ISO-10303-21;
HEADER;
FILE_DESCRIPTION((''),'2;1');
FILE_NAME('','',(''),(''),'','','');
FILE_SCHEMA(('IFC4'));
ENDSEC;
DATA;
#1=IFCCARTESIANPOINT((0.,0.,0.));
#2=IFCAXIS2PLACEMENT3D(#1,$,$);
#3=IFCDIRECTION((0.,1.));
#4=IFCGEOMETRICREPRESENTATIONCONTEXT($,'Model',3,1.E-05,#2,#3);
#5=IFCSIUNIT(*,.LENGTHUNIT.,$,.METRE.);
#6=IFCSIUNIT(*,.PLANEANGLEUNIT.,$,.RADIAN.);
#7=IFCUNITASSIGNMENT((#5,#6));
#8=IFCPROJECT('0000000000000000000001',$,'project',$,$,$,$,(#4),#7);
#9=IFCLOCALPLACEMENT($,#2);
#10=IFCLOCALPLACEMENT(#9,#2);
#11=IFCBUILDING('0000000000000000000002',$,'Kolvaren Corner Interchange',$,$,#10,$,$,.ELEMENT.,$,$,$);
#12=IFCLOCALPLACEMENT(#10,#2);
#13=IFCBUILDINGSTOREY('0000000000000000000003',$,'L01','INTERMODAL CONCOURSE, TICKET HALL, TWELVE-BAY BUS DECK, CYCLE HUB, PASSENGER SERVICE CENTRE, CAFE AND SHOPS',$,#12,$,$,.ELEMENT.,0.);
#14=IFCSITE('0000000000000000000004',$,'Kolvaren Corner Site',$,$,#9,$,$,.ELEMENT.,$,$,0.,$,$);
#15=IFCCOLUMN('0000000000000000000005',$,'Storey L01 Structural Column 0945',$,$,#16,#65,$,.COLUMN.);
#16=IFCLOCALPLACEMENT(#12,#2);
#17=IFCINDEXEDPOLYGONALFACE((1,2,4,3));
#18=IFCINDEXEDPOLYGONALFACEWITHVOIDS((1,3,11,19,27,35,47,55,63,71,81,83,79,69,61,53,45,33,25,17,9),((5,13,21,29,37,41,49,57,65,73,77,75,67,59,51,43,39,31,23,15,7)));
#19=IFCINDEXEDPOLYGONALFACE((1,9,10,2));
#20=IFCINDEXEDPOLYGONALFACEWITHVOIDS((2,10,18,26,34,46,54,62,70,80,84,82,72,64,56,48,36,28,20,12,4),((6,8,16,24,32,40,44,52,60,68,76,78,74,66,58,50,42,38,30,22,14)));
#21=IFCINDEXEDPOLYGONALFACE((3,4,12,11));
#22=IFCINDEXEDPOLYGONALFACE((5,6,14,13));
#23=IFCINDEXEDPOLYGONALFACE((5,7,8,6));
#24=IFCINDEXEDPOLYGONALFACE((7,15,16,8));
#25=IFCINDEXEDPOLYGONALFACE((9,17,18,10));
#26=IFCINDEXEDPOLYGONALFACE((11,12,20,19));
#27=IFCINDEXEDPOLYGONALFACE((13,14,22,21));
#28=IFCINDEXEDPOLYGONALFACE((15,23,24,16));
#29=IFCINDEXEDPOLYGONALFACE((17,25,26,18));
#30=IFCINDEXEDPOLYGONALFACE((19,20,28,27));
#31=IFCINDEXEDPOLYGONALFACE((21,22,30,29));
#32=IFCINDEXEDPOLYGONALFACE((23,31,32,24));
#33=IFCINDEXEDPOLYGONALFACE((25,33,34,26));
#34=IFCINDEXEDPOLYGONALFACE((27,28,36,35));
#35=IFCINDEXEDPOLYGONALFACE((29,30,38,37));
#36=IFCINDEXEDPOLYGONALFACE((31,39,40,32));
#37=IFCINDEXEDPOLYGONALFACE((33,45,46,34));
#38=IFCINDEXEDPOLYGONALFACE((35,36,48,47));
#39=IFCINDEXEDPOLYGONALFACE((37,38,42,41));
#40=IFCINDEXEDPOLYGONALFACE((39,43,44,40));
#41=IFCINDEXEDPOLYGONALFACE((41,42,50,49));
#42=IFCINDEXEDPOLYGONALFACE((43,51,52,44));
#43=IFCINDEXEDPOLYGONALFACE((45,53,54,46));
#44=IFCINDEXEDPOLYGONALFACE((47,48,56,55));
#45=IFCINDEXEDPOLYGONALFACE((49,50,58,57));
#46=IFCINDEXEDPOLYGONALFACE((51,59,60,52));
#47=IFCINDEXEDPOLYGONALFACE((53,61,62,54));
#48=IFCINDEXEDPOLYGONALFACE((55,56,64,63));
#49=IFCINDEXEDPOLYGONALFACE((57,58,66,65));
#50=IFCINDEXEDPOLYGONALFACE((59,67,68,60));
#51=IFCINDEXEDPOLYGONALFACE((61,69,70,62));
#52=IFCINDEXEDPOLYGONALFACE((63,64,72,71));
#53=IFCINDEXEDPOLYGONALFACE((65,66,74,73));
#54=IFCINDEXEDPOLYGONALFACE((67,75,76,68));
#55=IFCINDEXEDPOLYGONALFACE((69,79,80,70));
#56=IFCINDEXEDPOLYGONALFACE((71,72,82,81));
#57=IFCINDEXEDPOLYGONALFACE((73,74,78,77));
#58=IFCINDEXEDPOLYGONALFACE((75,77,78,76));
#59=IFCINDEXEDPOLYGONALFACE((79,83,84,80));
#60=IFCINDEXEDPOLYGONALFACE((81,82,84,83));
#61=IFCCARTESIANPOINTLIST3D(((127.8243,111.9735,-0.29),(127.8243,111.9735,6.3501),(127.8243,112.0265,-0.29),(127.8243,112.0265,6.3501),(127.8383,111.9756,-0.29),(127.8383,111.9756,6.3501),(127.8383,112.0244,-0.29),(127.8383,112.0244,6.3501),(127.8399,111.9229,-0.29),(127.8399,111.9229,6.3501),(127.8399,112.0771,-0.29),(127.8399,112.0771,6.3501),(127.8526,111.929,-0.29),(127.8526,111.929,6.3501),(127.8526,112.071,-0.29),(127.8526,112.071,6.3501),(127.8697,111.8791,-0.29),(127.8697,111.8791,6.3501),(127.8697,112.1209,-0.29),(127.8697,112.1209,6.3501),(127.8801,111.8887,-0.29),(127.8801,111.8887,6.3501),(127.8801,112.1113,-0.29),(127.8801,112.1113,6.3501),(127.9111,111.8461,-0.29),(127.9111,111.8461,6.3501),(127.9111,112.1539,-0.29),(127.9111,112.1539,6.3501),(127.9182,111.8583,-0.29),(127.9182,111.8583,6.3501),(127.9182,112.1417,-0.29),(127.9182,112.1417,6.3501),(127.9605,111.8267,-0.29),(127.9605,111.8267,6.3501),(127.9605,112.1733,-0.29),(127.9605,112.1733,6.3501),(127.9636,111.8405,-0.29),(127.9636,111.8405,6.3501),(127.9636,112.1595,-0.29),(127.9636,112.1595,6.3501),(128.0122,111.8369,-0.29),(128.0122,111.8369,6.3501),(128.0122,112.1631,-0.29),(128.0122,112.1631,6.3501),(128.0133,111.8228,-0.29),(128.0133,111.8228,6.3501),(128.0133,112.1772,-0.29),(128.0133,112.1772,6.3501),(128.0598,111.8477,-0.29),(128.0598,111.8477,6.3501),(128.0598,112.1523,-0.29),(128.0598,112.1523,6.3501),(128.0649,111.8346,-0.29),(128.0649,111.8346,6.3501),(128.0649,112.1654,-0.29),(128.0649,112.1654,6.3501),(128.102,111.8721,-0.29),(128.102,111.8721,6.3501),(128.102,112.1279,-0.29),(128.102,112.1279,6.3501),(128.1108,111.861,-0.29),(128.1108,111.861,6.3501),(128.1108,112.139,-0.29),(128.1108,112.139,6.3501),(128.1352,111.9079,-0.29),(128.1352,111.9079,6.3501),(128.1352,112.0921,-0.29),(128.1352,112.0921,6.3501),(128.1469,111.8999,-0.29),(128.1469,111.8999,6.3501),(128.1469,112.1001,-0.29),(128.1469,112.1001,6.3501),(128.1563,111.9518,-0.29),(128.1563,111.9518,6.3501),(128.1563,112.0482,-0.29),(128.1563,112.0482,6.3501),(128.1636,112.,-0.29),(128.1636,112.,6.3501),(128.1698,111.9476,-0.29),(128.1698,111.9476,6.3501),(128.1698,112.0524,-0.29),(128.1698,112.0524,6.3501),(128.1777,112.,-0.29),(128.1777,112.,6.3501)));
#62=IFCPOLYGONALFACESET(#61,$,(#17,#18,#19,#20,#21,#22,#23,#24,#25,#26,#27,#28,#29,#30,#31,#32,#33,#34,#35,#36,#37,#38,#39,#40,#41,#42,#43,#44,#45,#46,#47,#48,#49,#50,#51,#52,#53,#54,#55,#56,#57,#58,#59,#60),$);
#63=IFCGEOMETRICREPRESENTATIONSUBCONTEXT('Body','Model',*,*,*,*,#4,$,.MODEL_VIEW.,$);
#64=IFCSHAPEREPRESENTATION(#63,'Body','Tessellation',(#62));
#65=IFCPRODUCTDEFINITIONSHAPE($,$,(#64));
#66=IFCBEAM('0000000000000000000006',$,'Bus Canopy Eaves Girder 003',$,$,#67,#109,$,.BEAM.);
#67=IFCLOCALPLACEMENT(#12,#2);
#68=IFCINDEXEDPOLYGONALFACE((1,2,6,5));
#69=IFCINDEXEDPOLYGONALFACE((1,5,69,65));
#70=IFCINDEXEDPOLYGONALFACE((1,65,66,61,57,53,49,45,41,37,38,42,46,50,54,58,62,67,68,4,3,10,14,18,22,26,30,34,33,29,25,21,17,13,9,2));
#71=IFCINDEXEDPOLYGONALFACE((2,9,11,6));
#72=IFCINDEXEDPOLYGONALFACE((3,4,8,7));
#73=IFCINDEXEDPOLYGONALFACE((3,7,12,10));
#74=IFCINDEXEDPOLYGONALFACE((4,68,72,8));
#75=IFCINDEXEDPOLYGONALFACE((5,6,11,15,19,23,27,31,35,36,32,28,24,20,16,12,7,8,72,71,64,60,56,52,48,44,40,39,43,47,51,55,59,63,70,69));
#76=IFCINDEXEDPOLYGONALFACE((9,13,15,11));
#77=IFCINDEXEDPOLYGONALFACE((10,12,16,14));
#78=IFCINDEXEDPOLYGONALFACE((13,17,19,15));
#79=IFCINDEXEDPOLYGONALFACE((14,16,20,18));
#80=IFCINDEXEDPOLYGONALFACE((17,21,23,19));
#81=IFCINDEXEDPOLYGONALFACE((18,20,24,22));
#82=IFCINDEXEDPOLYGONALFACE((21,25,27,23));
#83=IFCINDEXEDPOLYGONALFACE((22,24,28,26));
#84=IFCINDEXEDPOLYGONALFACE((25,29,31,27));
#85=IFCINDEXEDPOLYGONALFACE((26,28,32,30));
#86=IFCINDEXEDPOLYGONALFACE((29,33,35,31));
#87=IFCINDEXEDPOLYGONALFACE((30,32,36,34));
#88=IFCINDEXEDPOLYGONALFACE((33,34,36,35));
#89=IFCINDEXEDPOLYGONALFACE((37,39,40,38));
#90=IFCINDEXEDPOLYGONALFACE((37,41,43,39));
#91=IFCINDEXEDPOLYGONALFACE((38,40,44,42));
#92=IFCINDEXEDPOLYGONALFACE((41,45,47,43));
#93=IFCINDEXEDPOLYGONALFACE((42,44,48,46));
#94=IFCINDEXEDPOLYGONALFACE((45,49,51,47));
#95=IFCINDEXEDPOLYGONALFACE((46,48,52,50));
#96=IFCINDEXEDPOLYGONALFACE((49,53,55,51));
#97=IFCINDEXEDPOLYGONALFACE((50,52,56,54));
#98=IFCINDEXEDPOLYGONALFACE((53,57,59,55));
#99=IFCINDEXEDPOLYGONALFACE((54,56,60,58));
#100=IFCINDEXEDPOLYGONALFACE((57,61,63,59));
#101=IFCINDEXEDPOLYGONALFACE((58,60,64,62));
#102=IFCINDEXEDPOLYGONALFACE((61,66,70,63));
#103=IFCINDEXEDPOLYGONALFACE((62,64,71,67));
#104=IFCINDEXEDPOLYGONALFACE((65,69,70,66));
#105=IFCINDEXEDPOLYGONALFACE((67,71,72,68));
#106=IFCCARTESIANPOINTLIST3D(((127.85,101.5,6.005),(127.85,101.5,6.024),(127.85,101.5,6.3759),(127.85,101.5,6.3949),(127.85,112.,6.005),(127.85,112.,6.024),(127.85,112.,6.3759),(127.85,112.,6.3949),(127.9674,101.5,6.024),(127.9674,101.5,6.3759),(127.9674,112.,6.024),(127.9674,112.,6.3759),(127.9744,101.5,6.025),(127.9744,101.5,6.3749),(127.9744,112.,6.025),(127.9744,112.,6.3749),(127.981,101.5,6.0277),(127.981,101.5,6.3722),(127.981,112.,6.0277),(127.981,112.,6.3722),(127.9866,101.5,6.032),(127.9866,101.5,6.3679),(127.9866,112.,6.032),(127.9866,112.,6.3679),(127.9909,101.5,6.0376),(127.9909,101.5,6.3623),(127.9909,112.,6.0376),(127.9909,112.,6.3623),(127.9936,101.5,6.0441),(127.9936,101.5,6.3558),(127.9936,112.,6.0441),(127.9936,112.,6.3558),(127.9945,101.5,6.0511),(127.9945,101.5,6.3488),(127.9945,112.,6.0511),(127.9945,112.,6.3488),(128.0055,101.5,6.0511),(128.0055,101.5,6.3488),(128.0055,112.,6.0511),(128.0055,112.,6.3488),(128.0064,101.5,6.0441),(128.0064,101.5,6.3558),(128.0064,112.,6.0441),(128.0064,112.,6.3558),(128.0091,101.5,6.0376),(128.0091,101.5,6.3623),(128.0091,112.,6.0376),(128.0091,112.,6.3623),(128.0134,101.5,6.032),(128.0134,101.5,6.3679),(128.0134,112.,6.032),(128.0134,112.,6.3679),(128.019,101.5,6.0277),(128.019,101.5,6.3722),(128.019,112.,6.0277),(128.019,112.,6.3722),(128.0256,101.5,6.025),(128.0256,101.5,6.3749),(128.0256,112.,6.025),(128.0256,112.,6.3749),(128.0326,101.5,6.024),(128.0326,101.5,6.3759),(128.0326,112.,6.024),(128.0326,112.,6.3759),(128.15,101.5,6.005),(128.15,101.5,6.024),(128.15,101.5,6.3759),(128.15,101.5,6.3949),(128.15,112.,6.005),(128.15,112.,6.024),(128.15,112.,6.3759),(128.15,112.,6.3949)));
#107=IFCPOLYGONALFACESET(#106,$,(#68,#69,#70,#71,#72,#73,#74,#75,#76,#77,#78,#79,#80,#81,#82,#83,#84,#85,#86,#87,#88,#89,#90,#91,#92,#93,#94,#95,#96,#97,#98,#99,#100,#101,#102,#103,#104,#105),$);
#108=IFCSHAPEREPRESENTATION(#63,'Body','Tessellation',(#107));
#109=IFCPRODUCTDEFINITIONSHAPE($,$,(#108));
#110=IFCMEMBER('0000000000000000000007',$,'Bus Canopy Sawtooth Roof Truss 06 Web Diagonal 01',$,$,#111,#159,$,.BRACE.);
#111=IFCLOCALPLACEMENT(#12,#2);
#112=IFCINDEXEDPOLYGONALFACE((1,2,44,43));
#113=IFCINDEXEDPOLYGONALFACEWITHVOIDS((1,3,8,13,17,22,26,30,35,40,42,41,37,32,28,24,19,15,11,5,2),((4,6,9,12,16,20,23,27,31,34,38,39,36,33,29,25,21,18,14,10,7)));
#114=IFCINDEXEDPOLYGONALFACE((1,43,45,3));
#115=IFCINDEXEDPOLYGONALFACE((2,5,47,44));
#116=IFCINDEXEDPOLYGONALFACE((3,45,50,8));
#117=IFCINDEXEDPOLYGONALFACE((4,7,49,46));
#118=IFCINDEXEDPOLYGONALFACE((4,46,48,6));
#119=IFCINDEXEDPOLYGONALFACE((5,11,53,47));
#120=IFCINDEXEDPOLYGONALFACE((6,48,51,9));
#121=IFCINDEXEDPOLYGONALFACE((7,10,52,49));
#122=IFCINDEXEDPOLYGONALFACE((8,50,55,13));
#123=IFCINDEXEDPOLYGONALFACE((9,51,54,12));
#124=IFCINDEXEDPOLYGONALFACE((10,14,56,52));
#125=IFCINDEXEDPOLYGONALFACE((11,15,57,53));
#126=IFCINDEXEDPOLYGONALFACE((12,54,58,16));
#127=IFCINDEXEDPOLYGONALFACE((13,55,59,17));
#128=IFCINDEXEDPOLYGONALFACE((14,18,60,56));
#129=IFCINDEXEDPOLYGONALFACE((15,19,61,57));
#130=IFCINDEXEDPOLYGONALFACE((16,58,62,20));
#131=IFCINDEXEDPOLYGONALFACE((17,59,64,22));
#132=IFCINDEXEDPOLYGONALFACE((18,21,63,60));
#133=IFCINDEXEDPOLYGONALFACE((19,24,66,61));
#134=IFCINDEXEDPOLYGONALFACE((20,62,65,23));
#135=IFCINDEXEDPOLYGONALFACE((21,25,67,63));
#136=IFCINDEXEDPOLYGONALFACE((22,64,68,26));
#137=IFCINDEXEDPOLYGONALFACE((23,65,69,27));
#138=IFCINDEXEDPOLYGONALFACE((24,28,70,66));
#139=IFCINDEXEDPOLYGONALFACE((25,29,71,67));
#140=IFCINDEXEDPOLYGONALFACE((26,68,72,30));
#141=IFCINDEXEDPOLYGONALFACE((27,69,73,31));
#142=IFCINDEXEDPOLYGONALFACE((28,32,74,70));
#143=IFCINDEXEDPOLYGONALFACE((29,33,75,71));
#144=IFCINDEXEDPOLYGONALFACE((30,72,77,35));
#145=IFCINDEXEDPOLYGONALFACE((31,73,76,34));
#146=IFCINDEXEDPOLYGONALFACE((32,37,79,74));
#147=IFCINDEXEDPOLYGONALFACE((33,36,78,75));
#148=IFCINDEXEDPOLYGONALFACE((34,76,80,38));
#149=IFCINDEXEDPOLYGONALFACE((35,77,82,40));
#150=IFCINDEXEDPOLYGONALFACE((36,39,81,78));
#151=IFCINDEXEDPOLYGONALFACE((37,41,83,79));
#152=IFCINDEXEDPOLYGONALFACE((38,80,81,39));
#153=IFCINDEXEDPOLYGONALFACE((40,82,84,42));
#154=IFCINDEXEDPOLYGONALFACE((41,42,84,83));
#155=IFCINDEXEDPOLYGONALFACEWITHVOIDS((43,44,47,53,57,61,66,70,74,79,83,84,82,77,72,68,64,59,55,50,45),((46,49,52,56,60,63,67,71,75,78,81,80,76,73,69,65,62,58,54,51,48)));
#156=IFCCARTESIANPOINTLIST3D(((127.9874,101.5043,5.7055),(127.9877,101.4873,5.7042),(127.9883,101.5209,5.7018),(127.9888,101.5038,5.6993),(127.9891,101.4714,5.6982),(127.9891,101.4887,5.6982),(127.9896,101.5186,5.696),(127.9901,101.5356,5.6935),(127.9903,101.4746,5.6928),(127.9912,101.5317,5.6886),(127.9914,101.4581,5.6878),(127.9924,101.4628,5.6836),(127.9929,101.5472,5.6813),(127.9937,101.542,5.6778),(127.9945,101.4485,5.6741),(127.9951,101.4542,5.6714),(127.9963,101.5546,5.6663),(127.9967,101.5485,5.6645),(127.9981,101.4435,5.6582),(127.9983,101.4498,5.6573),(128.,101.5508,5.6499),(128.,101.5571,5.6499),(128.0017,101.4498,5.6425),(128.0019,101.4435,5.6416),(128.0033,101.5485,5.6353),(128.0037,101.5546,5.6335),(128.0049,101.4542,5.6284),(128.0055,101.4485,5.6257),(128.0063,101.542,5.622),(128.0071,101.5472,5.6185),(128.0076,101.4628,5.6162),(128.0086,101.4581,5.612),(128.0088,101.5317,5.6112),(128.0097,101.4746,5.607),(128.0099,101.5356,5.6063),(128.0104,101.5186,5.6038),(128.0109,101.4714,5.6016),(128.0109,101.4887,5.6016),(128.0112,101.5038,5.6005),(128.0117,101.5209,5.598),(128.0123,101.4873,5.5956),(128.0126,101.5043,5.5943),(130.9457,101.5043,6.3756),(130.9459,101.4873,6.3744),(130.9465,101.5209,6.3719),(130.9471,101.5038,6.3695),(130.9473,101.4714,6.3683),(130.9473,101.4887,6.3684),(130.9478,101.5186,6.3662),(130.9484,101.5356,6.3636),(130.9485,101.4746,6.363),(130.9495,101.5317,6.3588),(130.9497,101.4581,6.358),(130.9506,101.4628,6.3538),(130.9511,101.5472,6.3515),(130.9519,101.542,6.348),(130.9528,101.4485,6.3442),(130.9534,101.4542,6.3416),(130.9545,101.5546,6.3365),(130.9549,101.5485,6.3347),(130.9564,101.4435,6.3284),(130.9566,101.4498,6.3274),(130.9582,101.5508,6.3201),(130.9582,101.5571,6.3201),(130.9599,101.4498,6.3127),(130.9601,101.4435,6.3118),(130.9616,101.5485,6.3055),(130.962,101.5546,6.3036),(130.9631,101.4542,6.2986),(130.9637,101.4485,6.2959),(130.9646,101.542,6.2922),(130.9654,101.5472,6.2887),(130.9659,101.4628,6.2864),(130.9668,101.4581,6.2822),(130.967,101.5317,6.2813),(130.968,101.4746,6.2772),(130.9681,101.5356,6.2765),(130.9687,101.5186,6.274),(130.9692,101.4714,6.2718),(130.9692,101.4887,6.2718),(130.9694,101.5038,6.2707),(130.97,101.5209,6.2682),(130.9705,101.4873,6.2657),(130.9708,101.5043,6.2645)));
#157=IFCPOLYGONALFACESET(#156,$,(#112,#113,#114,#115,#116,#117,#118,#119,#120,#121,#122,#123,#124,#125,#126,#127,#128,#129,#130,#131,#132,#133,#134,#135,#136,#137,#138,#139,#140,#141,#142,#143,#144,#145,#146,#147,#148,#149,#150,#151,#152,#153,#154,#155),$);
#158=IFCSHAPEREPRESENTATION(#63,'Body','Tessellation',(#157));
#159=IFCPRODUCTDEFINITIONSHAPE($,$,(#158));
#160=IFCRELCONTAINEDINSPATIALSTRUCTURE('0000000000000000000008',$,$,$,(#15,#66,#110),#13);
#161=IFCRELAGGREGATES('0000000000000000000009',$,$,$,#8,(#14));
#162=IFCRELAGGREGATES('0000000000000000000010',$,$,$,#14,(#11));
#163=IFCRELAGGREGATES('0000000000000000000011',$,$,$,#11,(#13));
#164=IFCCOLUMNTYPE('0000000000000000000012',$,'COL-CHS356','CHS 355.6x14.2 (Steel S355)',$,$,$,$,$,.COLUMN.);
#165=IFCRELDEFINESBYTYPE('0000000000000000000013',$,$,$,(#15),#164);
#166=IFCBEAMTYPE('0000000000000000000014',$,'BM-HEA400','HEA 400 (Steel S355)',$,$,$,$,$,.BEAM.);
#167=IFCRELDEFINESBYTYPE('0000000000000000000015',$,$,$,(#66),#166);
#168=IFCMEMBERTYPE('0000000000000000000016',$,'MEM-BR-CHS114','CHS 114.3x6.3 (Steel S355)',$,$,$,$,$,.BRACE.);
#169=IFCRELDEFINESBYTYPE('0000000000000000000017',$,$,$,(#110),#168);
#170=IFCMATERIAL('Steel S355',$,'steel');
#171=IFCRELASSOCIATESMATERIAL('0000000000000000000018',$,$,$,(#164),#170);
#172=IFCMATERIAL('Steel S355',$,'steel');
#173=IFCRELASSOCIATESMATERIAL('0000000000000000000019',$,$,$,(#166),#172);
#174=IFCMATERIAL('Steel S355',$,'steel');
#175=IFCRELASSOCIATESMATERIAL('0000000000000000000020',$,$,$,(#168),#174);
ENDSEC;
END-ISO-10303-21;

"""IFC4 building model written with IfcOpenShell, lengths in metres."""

from ifc_helpers import new_model, si_unit, direction, frame, origin, origin_2d, place, context, subcontext, project, spatial, hollow_circle, i_section, extrude, material, material_profile, profile_set, type_object, element, save


model = new_model("IFC4")

# Units and contexts
model_context = context("Model", 3, precision=1e-05, world=origin(), true_north=direction((0.0, 1.0)))
body_context = subcontext(model_context, "Body", "Model", "MODEL_VIEW")
ifc_project = project(units=[si_unit("LENGTHUNIT", "METRE"), si_unit("PLANEANGLEUNIT", "RADIAN")], contexts=[model_context])

# Site, building, storey
site_placement = place(None, origin())
site = spatial("IfcSite", under=ifc_project, at=site_placement, Name="Kolvaren Corner Site", CompositionType="ELEMENT", RefElevation=0.0)
building_placement = place(site_placement, origin())
building = spatial("IfcBuilding", under=site, at=building_placement, Name="Kolvaren Corner Interchange", CompositionType="ELEMENT")
storey_placement = place(building_placement, origin())
storey = spatial("IfcBuildingStorey", under=building, at=storey_placement, Name="L01", Description="INTERMODAL CONCOURSE, TICKET HALL, TWELVE-BAY BUS DECK, CYCLE HUB, PASSENGER SERVICE CENTRE, CAFE AND SHOPS", CompositionType="ELEMENT", Elevation=0.0)

# Column
ifc_material_1 = material(Name="Steel S355", Category="steel")
ifc_material_profile_1 = material_profile(ifc_material_1, hollow_circle(Radius=0.1777, WallThickness=0.0142, at=origin_2d()), Name="CHS 355.6x14.2")
ifc_profile_set_1 = profile_set([ifc_material_profile_1], Name="Steel S355")
column_type = type_object("IfcColumnType", Name="COL-CHS356", Description="CHS 355.6x14.2 (Steel S355)", PredefinedType="COLUMN", material=ifc_profile_set_1)
column_placement = place(storey_placement, frame((128.0, 112.0, -0.29), z_axis=(0.0, 0.0, 1.0), x_axis=(1.0, 0.0, 0.0)))
element("IfcColumn", 1, at=column_placement, inside=storey, type_object=column_type, Name="Storey L01 Structural Column 0945", PredefinedType="COLUMN", context=body_context, shape_type="SweptSolid", body=[
    extrude(hollow_circle(Radius=0.1777, WallThickness=0.0142, at=origin_2d()), origin(), (0.0, 0.0, 1.0), 6.6401),
])

# Beam
ifc_material_2 = material(Name="Steel S355", Category="steel")
ifc_material_profile_2 = material_profile(ifc_material_2, i_section(OverallWidth=0.3, OverallDepth=0.3899, WebThickness=0.011, FlangeThickness=0.019, FilletRadius=0.0271, at=origin_2d()), Name="HEA 400")
ifc_profile_set_2 = profile_set([ifc_material_profile_2], Name="Steel S355")
beam_type = type_object("IfcBeamType", Name="BM-HEA400", Description="HEA 400 (Steel S355)", PredefinedType="BEAM", material=ifc_profile_set_2)
beam_placement = place(storey_placement, frame((128.0, 101.5, 6.2), z_axis=(0.0, 1.0, 0.0), x_axis=(-1.0, 0.0, 0.0)))
element("IfcBeam", 2, at=beam_placement, inside=storey, type_object=beam_type, Name="Bus Canopy Eaves Girder 003", PredefinedType="BEAM", context=body_context, shape_type="SweptSolid", body=[
    extrude(i_section(OverallWidth=0.3, OverallDepth=0.3899, WebThickness=0.011, FlangeThickness=0.019, FilletRadius=0.0271, at=origin_2d()), origin(), (0.0, 0.0, 1.0), 10.5),
])

# Member
ifc_material_3 = material(Name="Steel S355", Category="steel")
ifc_material_profile_3 = material_profile(ifc_material_3, hollow_circle(Radius=0.0571, WallThickness=0.0063, at=origin_2d()), Name="CHS 114.3x6.3")
ifc_profile_set_3 = profile_set([ifc_material_profile_3], Name="Steel S355")
member_type_1 = type_object("IfcMemberType", Name="MEM-BR-CHS114", Description="CHS 114.3x6.3 (Steel S355)", PredefinedType="BRACE", material=ifc_profile_set_3)
for number, where, z_axis, x_axis, name in (
    (3, (128.0, 101.5, 5.6499), (0.975287, 0.0, 0.220943), (0.0, 1.0, 0.0), "Bus Canopy Sawtooth Roof Truss 06 Web Diagonal 01"),
):
    element("IfcMember", number, at=place(storey_placement, frame(where, z_axis=z_axis, x_axis=x_axis)), inside=storey, type_object=member_type_1, Name=name, PredefinedType="BRACE", context=body_context, shape_type="SweptSolid", body=[
        extrude(hollow_circle(Radius=0.0571, WallThickness=0.0063, at=origin_2d()), origin(), (0.0, 0.0, 1.0), 3.0332),
    ])

save(model, "model.ifc")
